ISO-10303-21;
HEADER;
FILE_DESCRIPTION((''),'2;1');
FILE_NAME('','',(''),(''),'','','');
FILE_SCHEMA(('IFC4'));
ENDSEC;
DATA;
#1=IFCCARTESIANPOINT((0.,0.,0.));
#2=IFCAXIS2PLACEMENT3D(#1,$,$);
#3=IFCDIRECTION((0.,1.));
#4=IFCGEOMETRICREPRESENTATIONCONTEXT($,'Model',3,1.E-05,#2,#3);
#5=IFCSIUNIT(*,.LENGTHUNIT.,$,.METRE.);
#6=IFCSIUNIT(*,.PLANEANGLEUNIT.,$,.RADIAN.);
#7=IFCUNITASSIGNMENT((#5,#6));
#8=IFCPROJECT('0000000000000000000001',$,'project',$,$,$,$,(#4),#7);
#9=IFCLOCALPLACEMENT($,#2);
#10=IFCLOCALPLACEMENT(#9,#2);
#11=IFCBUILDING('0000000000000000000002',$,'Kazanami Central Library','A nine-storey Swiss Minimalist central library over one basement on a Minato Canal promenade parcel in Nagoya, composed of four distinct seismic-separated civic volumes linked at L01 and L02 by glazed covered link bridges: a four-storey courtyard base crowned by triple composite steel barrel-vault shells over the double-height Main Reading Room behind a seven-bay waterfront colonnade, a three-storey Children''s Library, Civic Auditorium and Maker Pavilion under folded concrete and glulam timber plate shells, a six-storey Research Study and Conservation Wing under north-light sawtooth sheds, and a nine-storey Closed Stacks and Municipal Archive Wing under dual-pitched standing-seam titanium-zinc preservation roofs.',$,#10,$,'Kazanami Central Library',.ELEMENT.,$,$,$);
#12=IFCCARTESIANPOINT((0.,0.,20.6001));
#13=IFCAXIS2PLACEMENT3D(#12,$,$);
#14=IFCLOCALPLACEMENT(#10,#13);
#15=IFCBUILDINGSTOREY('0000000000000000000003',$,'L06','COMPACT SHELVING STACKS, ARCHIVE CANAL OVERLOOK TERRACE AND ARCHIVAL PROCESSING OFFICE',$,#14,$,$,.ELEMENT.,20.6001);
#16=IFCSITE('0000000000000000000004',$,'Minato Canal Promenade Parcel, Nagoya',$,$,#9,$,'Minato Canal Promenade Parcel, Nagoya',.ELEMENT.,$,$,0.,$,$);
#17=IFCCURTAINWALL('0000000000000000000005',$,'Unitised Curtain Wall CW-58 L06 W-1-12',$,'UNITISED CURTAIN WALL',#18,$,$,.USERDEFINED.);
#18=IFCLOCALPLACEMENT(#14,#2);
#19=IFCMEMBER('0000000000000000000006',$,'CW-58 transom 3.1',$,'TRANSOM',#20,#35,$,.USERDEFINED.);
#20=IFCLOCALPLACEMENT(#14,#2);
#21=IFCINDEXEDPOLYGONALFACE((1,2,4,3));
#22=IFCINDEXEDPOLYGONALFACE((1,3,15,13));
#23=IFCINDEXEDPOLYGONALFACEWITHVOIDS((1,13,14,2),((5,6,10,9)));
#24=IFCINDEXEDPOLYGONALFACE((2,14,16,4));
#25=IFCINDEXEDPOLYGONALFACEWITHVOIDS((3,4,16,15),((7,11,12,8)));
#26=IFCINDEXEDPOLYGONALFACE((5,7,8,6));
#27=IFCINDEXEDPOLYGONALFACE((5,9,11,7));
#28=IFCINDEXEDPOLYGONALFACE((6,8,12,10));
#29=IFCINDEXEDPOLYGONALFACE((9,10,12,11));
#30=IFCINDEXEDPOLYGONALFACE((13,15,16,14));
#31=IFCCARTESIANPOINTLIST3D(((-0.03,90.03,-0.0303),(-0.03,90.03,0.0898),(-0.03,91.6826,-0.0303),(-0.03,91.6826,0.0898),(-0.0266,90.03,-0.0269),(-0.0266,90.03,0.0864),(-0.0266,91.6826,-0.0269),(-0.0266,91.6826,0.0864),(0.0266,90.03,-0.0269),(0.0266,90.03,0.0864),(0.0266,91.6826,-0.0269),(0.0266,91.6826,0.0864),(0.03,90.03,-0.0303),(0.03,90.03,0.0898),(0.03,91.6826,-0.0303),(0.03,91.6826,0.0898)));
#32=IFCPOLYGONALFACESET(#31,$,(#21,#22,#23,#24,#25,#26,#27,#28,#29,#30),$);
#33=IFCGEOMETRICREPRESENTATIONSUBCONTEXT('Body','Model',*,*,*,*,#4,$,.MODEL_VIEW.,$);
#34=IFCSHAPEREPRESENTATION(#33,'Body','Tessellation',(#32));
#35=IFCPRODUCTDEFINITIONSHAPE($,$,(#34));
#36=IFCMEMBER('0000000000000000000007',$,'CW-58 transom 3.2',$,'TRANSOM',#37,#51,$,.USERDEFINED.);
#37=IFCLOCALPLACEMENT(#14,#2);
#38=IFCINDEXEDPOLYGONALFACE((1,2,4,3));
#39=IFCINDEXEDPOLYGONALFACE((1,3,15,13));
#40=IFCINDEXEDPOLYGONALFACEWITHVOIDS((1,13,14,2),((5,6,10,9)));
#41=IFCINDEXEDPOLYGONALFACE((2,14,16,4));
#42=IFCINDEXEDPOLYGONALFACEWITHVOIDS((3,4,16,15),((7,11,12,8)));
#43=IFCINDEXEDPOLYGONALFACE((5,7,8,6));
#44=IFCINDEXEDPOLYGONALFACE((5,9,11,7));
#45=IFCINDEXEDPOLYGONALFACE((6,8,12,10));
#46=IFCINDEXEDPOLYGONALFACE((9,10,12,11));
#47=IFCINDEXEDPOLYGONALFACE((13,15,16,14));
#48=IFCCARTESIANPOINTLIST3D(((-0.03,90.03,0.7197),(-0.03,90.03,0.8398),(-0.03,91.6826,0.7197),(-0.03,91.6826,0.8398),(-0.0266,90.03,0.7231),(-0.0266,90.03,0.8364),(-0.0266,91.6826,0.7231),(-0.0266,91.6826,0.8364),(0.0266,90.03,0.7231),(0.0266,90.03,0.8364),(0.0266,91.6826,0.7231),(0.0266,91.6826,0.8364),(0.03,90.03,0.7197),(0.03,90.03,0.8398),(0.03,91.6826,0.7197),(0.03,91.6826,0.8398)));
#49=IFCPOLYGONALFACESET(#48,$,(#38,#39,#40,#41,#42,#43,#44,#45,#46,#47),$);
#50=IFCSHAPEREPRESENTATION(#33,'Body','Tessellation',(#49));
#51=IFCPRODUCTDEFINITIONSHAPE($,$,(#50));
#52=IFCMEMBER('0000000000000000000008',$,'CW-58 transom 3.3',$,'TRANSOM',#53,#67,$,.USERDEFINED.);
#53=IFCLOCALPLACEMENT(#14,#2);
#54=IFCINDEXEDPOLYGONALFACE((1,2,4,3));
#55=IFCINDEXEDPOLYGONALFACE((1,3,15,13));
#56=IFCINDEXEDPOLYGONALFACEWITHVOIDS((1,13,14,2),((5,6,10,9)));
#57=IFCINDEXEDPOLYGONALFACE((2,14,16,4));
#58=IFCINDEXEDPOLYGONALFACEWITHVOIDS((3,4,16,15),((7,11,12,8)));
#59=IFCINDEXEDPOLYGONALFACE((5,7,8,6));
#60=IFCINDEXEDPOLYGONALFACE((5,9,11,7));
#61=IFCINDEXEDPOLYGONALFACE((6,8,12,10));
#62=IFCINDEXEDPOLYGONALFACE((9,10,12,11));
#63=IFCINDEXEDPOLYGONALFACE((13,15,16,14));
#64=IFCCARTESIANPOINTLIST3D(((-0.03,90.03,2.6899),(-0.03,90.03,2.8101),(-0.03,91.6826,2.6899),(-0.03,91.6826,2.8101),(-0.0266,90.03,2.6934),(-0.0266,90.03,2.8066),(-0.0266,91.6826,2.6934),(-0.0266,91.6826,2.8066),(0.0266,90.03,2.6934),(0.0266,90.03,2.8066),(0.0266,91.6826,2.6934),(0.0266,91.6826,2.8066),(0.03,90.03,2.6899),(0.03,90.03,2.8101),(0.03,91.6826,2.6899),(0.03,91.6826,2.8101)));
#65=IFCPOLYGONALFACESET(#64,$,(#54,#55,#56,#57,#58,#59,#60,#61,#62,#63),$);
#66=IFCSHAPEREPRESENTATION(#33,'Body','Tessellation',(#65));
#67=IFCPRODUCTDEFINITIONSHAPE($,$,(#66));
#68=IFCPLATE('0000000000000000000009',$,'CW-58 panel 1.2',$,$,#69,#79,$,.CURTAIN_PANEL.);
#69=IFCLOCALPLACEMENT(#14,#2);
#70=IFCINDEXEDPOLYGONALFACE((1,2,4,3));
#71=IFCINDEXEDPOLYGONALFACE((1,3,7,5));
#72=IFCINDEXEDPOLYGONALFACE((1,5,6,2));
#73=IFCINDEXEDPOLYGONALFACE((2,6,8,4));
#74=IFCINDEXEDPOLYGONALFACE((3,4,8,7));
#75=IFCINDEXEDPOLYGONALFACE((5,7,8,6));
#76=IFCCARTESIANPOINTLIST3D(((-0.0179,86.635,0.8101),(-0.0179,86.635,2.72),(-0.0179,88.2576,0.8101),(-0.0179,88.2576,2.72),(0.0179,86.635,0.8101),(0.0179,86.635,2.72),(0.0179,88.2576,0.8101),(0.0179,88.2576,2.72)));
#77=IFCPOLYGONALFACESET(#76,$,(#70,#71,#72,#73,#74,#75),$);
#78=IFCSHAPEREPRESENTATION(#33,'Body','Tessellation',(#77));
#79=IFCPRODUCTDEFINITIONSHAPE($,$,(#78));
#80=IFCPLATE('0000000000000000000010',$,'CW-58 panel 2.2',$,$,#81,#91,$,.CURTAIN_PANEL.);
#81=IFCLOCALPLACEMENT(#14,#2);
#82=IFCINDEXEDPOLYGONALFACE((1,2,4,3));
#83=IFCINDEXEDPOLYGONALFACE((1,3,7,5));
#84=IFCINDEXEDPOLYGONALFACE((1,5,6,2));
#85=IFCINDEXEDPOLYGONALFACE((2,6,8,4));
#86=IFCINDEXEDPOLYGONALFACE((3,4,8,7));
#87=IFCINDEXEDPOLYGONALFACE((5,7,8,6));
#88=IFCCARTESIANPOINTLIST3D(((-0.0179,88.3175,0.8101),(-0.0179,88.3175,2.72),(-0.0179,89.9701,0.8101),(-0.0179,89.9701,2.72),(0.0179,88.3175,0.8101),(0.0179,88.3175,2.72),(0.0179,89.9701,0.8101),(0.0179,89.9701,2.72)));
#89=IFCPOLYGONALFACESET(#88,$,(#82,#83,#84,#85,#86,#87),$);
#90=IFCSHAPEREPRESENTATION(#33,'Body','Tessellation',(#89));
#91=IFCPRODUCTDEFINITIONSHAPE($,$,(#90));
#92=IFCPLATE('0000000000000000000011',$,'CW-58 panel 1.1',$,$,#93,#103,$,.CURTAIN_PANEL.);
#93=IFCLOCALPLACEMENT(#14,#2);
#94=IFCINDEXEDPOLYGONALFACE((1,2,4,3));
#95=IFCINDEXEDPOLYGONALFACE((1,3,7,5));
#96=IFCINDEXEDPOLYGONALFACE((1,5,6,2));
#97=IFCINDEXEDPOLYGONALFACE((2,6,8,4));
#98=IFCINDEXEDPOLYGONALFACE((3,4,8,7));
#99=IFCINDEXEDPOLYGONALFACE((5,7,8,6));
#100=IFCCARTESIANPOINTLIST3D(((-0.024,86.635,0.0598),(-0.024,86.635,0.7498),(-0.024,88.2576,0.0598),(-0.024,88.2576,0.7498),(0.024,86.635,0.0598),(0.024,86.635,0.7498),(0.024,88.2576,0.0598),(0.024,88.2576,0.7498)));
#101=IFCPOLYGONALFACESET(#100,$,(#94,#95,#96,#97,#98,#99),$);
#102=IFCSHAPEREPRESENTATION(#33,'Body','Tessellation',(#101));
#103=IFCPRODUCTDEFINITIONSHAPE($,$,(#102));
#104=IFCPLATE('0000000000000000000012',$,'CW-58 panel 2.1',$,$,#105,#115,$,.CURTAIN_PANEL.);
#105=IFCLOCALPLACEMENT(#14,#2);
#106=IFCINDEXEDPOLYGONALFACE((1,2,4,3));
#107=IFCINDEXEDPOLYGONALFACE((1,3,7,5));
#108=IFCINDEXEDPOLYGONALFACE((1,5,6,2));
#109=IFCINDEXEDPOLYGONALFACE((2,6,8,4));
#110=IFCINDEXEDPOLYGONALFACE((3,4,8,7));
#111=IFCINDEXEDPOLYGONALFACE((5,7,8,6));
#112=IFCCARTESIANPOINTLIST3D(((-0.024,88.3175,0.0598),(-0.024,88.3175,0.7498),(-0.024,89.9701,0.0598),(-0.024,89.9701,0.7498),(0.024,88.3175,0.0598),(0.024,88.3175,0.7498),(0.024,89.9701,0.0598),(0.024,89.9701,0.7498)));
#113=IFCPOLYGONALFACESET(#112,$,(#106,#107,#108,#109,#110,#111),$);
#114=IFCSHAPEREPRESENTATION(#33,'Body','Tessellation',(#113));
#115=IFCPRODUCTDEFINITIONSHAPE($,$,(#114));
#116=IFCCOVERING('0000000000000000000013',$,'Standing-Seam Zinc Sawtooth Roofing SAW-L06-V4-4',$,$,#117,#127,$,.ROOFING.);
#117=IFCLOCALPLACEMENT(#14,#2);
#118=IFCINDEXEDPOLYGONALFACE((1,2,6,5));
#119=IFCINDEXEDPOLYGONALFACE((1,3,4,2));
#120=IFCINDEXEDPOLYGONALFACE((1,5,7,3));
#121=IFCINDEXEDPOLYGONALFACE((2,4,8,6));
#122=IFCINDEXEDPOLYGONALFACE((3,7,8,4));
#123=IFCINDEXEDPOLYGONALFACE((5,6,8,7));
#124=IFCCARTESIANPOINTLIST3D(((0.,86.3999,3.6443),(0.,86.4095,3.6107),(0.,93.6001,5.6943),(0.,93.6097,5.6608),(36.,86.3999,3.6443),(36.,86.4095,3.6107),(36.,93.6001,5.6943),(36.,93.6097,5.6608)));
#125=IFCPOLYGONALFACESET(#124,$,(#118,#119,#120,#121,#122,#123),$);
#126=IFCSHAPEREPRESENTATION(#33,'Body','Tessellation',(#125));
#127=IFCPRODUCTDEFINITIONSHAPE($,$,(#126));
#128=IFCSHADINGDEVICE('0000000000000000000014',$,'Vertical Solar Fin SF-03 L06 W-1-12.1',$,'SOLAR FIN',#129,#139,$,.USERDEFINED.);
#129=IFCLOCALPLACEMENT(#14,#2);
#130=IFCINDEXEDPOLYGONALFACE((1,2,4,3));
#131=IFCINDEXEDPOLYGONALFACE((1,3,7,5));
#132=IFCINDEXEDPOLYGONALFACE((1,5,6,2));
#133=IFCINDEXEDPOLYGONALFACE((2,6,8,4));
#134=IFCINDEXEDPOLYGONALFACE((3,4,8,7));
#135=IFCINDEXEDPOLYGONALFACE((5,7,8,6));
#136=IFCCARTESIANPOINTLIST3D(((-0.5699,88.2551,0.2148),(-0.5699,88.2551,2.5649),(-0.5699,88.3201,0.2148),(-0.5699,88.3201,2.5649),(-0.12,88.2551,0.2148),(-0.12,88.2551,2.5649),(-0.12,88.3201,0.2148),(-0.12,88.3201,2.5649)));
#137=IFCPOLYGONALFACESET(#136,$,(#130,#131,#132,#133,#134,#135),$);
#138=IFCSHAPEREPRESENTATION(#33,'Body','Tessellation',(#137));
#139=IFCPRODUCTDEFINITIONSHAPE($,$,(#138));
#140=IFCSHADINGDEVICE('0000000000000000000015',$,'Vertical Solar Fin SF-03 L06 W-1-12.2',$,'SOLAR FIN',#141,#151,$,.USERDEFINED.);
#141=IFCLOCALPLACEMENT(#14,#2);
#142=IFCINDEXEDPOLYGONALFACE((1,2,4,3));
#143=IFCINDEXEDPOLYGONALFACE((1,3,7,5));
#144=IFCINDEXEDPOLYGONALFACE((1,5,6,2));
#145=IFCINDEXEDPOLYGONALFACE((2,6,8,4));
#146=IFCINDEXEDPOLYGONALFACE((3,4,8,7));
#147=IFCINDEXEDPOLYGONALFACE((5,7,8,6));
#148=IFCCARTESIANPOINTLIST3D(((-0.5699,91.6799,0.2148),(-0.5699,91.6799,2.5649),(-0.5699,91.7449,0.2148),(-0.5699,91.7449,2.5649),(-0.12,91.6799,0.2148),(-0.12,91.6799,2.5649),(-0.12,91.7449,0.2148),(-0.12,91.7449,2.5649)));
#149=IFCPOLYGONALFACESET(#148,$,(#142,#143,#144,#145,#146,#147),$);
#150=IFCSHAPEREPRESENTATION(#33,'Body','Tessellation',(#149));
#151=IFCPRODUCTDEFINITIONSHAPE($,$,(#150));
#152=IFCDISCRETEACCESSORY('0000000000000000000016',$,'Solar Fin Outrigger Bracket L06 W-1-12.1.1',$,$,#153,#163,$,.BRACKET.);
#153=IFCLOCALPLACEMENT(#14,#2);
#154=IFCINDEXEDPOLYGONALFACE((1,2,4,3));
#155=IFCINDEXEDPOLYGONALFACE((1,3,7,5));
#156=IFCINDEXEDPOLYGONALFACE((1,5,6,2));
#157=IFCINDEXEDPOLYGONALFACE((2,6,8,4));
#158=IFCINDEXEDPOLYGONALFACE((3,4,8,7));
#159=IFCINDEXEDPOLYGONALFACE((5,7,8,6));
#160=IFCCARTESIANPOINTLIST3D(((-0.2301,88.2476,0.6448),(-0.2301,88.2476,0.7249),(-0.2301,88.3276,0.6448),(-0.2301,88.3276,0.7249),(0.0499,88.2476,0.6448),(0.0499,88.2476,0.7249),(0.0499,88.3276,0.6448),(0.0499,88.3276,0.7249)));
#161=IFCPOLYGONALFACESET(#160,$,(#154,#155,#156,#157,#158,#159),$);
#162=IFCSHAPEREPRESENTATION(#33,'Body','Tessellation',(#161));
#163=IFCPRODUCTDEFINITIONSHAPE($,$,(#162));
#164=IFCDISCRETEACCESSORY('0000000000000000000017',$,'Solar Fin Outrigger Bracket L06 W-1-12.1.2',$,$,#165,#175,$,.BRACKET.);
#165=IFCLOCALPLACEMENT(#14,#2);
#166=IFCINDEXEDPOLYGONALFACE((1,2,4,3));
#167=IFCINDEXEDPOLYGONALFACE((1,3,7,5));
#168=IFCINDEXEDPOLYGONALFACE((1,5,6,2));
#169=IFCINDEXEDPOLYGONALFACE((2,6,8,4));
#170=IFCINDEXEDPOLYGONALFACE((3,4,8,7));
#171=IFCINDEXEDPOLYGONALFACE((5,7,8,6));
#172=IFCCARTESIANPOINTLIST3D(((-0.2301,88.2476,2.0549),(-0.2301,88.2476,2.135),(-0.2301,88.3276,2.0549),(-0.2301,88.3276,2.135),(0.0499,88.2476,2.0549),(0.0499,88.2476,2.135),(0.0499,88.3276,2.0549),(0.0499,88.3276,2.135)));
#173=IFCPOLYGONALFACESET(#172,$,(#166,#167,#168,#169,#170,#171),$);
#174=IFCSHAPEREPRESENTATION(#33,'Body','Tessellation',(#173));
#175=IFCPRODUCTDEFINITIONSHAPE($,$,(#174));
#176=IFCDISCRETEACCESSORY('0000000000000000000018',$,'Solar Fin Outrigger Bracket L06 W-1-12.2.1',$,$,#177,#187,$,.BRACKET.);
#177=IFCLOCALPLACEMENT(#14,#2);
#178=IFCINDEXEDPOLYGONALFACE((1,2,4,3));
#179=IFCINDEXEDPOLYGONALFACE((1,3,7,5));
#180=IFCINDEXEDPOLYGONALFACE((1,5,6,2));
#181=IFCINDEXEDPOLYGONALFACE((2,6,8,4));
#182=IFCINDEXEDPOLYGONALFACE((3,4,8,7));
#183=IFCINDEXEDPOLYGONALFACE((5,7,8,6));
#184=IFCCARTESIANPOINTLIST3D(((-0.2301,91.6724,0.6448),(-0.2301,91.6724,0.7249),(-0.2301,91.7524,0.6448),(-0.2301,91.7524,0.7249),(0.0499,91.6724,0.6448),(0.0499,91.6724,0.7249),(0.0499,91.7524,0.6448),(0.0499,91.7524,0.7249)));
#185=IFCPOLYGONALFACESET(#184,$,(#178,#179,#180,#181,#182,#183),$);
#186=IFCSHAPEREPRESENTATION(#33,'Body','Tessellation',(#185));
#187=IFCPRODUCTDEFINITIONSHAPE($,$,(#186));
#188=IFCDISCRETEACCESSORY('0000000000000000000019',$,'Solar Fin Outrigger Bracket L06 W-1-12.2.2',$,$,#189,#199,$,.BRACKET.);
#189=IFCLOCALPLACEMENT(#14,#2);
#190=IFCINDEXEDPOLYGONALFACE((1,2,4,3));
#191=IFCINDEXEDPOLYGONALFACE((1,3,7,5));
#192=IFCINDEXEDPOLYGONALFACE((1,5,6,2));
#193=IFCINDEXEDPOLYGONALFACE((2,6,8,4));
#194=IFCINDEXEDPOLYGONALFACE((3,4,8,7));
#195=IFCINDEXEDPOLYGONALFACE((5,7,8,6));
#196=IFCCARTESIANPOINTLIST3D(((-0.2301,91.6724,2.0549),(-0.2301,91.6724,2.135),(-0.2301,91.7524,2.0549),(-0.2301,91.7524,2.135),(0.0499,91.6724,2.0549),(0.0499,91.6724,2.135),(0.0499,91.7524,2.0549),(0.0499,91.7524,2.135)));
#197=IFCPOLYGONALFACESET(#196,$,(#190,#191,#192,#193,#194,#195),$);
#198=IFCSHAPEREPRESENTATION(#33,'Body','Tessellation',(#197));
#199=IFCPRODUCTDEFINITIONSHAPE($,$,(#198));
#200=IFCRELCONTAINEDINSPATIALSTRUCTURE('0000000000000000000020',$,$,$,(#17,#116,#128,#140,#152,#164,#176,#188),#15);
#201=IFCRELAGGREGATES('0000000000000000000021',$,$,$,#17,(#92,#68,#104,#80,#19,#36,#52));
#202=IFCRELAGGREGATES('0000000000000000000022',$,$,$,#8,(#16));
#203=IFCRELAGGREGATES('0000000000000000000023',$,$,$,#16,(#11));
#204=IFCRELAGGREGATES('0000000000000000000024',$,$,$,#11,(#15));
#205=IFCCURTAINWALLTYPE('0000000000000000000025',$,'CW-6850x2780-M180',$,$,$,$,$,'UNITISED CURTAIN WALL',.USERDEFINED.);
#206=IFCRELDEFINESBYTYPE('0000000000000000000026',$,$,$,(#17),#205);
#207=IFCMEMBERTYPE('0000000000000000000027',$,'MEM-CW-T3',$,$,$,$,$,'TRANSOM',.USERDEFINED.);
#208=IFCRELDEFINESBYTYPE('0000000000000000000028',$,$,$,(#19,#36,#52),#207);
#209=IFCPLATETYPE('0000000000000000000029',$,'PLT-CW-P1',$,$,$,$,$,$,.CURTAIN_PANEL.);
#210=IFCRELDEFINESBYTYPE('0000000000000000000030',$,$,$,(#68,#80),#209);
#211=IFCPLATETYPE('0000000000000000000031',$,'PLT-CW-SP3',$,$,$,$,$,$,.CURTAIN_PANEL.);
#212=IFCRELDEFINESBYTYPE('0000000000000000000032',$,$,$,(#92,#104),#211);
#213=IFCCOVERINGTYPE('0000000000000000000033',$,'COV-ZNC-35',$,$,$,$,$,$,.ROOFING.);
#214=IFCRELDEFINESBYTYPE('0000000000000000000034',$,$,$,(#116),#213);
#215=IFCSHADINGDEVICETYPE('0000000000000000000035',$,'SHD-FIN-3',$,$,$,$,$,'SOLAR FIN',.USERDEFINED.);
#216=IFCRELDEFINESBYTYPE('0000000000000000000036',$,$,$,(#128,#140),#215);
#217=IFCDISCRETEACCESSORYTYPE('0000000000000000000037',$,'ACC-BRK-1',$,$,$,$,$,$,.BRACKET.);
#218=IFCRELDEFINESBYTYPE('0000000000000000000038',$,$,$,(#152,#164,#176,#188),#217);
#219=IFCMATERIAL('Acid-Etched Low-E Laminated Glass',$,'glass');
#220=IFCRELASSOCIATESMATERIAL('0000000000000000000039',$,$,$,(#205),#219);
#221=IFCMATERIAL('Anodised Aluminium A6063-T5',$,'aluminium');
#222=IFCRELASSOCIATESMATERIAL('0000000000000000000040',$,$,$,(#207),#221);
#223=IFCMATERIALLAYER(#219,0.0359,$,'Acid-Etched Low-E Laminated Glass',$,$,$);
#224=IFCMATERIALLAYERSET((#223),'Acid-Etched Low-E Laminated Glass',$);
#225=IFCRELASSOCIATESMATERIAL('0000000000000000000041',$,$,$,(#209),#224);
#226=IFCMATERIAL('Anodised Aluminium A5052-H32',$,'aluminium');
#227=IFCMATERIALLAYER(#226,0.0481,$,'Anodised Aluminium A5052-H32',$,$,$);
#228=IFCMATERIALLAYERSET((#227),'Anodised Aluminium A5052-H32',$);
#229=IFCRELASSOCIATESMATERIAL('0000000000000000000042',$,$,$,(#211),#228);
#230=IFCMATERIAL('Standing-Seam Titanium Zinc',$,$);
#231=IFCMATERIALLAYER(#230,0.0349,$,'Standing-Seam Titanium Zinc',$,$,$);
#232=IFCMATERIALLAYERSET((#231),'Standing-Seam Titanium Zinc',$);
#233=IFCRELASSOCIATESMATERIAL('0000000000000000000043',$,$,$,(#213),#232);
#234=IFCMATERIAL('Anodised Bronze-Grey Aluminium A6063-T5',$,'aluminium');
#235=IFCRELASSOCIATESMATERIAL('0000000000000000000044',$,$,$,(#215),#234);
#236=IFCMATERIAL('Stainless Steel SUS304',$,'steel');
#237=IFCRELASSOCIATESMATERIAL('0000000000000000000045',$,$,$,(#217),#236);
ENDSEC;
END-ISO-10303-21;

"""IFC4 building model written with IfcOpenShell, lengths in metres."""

from ifc_helpers import new_model, si_unit, direction, frame, origin, origin_2d, place, context, subcontext, project, spatial, polyline, rectangle, hollow_rectangle, outline, extrude, material, layer, layer_set, material_profile, profile_set, type_object, element, aggregate, save


model = new_model("IFC4")

# Units and contexts
model_context = context("Model", 3, precision=1e-05, world=origin(), true_north=direction((0.0, 1.0)))
body_context = subcontext(model_context, "Body", "Model", "MODEL_VIEW")
ifc_project = project(units=[si_unit("LENGTHUNIT", "METRE"), si_unit("PLANEANGLEUNIT", "RADIAN")], contexts=[model_context])

# Site, building, storey
site_placement = place(None, origin())
site = spatial("IfcSite", under=ifc_project, at=site_placement, Name="Minato Canal Promenade Parcel, Nagoya", LongName="Minato Canal Promenade Parcel, Nagoya", CompositionType="ELEMENT", RefElevation=0.0)
building_placement = place(site_placement, origin())
building = spatial("IfcBuilding", under=site, at=building_placement, Name="Kazanami Central Library", Description="A nine-storey Swiss Minimalist central library over one basement on a Minato Canal promenade parcel in Nagoya, composed of four distinct seismic-separated civic volumes linked at L01 and L02 by glazed covered link bridges: a four-storey courtyard base crowned by triple composite steel barrel-vault shells over the double-height Main Reading Room behind a seven-bay waterfront colonnade, a three-storey Children's Library, Civic Auditorium and Maker Pavilion under folded concrete and glulam timber plate shells, a six-storey Research Study and Conservation Wing under north-light sawtooth sheds, and a nine-storey Closed Stacks and Municipal Archive Wing under dual-pitched standing-seam titanium-zinc preservation roofs.", LongName="Kazanami Central Library", CompositionType="ELEMENT")
storey_placement = place(building_placement, frame((0.0, 0.0, 20.6001)))
storey = spatial("IfcBuildingStorey", under=building, at=storey_placement, Name="L06", Description="COMPACT SHELVING STACKS, ARCHIVE CANAL OVERLOOK TERRACE AND ARCHIVAL PROCESSING OFFICE", CompositionType="ELEMENT", Elevation=20.6001)

# Curtain wall, members, plates
ifc_material_1 = material(Name="Acid-Etched Low-E Laminated Glass", Category="glass")
curtain_wall_type = type_object("IfcCurtainWallType", Name="CW-6850x2780-M180", ElementType="UNITISED CURTAIN WALL", PredefinedType="USERDEFINED", material=ifc_material_1)
curtain_wall_placement = place(storey_placement, origin())
curtain_wall = element("IfcCurtainWall", 1, at=curtain_wall_placement, inside=storey, type_object=curtain_wall_type, Name="Unitised Curtain Wall CW-58 L06 W-1-12", ObjectType="UNITISED CURTAIN WALL", PredefinedType="USERDEFINED")
ifc_material_2 = material(Name="Anodised Aluminium A6063-T5", Category="aluminium")
ifc_material_profile_1 = material_profile(ifc_material_2, hollow_rectangle(XDim=0.0601, YDim=0.1201, WallThickness=0.0034, at=origin_2d()), Name="ALU-TRAN-60x120x3.5")
ifc_profile_set_1 = profile_set([ifc_material_profile_1], Name="Anodised Aluminium A6063-T5")
member_type_1 = type_object("IfcMemberType", Name="MEM-CW-T3", ElementType="TRANSOM", PredefinedType="USERDEFINED", material=ifc_profile_set_1)
member_1_placement = place(storey_placement, frame((0.0, 90.03, 0.0298), z_axis=(0.0, 1.0, 0.0), x_axis=(-1.0, 0.0, 0.0)))
member_1 = element("IfcMember", 2, at=member_1_placement, type_object=member_type_1, Name="CW-58 transom 3.1", ObjectType="TRANSOM", PredefinedType="USERDEFINED", context=body_context, shape_type="SweptSolid", body=[
    extrude(hollow_rectangle(XDim=0.0601, YDim=0.1201, WallThickness=0.0034, at=origin_2d()), origin(), (0.0, 0.0, 1.0), 1.6526),
])
member_2_placement = place(storey_placement, frame((0.0, 90.03, 0.7798), z_axis=(0.0, 1.0, 0.0), x_axis=(-1.0, 0.0, 0.0)))
member_2 = element("IfcMember", 3, at=member_2_placement, type_object=member_type_1, Name="CW-58 transom 3.2", ObjectType="TRANSOM", PredefinedType="USERDEFINED", context=body_context, shape_type="SweptSolid", body=[
    extrude(hollow_rectangle(XDim=0.0601, YDim=0.1201, WallThickness=0.0034, at=origin_2d()), origin(), (0.0, 0.0, 1.0), 1.6526),
])
member_3_placement = place(storey_placement, frame((0.0, 90.03, 2.75), z_axis=(0.0, 1.0, 0.0), x_axis=(-1.0, 0.0, 0.0)))
member_3 = element("IfcMember", 4, at=member_3_placement, type_object=member_type_1, Name="CW-58 transom 3.3", ObjectType="TRANSOM", PredefinedType="USERDEFINED", context=body_context, shape_type="SweptSolid", body=[
    extrude(hollow_rectangle(XDim=0.0601, YDim=0.1201, WallThickness=0.0034, at=origin_2d()), origin(), (0.0, 0.0, 1.0), 1.6526),
])
ifc_layer_1 = layer(ifc_material_1, 0.0359, Name="Acid-Etched Low-E Laminated Glass")
ifc_layer_set_1 = layer_set([ifc_layer_1], Name="Acid-Etched Low-E Laminated Glass")
plate_type_1 = type_object("IfcPlateType", Name="PLT-CW-P1", PredefinedType="CURTAIN_PANEL", material=ifc_layer_set_1)
plate_1_placement = place(storey_placement, frame((0.0, 87.4463, 0.8101), z_axis=(0.0, 0.0, 1.0), x_axis=(0.0, 1.0, 0.0)))
plate_1 = element("IfcPlate", 5, at=plate_1_placement, type_object=plate_type_1, Name="CW-58 panel 1.2", PredefinedType="CURTAIN_PANEL", context=body_context, shape_type="SweptSolid", body=[
    extrude(rectangle(XDim=1.6226, YDim=0.0359, at=origin_2d()), origin(), (0.0, 0.0, 1.0), 1.9099),
])
plate_2_placement = place(storey_placement, frame((0.0, 89.1438, 0.8101), z_axis=(0.0, 0.0, 1.0), x_axis=(0.0, 1.0, 0.0)))
plate_2 = element("IfcPlate", 6, at=plate_2_placement, type_object=plate_type_1, Name="CW-58 panel 2.2", PredefinedType="CURTAIN_PANEL", context=body_context, shape_type="SweptSolid", body=[
    extrude(rectangle(XDim=1.6526, YDim=0.0359, at=origin_2d()), origin(), (0.0, 0.0, 1.0), 1.9099),
])
ifc_material_3 = material(Name="Anodised Aluminium A5052-H32", Category="aluminium")
ifc_layer_2 = layer(ifc_material_3, 0.0481, Name="Anodised Aluminium A5052-H32")
ifc_layer_set_2 = layer_set([ifc_layer_2], Name="Anodised Aluminium A5052-H32")
plate_type_2 = type_object("IfcPlateType", Name="PLT-CW-SP3", PredefinedType="CURTAIN_PANEL", material=ifc_layer_set_2)
plate_3_placement = place(storey_placement, frame((0.0, 87.4463, 0.0598), z_axis=(0.0, 0.0, 1.0), x_axis=(0.0, 1.0, 0.0)))
plate_3 = element("IfcPlate", 7, at=plate_3_placement, type_object=plate_type_2, Name="CW-58 panel 1.1", PredefinedType="CURTAIN_PANEL", context=body_context, shape_type="SweptSolid", body=[
    extrude(rectangle(XDim=1.6226, YDim=0.0481, at=origin_2d()), origin(), (0.0, 0.0, 1.0), 0.6899),
])
plate_4_placement = place(storey_placement, frame((0.0, 89.1438, 0.0598), z_axis=(0.0, 0.0, 1.0), x_axis=(0.0, 1.0, 0.0)))
plate_4 = element("IfcPlate", 8, at=plate_4_placement, type_object=plate_type_2, Name="CW-58 panel 2.1", PredefinedType="CURTAIN_PANEL", context=body_context, shape_type="SweptSolid", body=[
    extrude(rectangle(XDim=1.6526, YDim=0.0481, at=origin_2d()), origin(), (0.0, 0.0, 1.0), 0.6899),
])
aggregate(curtain_wall, [plate_3, plate_1, plate_4, plate_2, member_1, member_2, member_3])

# Covering
ifc_material_4 = material(Name="Standing-Seam Titanium Zinc")
ifc_layer_3 = layer(ifc_material_4, 0.0349, Name="Standing-Seam Titanium Zinc")
ifc_layer_set_3 = layer_set([ifc_layer_3], Name="Standing-Seam Titanium Zinc")
covering_type = type_object("IfcCoveringType", Name="COV-ZNC-35", PredefinedType="ROOFING", material=ifc_layer_set_3)
covering_placement = place(storey_placement, frame((0.0, 86.3999, 3.6443), z_axis=(0.0, -0.273838, 0.961776), x_axis=(1.0, 0.0, 0.0)))
element("IfcCovering", 9, at=covering_placement, inside=storey, type_object=covering_type, Name="Standing-Seam Zinc Sawtooth Roofing SAW-L06-V4-4", PredefinedType="ROOFING", context=body_context, shape_type="SweptSolid", body=[
    extrude(outline(polyline([(0.0, 0.0), (36.0, 0.0), (36.0, 7.4864), (0.0, 7.4864), (0.0, 0.0)])), origin(), (0.0, 0.0, -1.0), 0.0349),
])

# Shading devices
ifc_material_5 = material(Name="Anodised Bronze-Grey Aluminium A6063-T5", Category="aluminium")
shading_device_type = type_object("IfcShadingDeviceType", Name="SHD-FIN-3", ElementType="SOLAR FIN", PredefinedType="USERDEFINED", material=ifc_material_5)
for number, where, z_axis, x_axis, name in (
    (10, (-0.345, 88.2876, 0.2148), (0.0, 0.0, 1.0), (0.0, 1.0, 0.0), "Vertical Solar Fin SF-03 L06 W-1-12.1"),
    (11, (-0.345, 91.7124, 0.2148), (0.0, 0.0, 1.0), (0.0, 1.0, 0.0), "Vertical Solar Fin SF-03 L06 W-1-12.2"),
):
    element("IfcShadingDevice", number, at=place(storey_placement, frame(where, z_axis=z_axis, x_axis=x_axis)), inside=storey, type_object=shading_device_type, Name=name, ObjectType="SOLAR FIN", PredefinedType="USERDEFINED", context=body_context, shape_type="SweptSolid", body=[
        extrude(rectangle(XDim=0.0649, YDim=0.45, at=origin_2d()), origin(), (0.0, 0.0, 1.0), 2.3501),
    ])

# Discrete accessories
ifc_material_6 = material(Name="Stainless Steel SUS304", Category="steel")
discrete_accessory_type = type_object("IfcDiscreteAccessoryType", Name="ACC-BRK-1", PredefinedType="BRACKET", material=ifc_material_6)
for number, where, z_axis, x_axis, name in (
    (12, (-0.0901, 88.2876, 0.6448), (0.0, 0.0, 1.0), (0.0, 1.0, 0.0), "Solar Fin Outrigger Bracket L06 W-1-12.1.1"),
    (13, (-0.0901, 88.2876, 2.0549), (0.0, 0.0, 1.0), (0.0, 1.0, 0.0), "Solar Fin Outrigger Bracket L06 W-1-12.1.2"),
    (14, (-0.0901, 91.7124, 0.6448), (0.0, 0.0, 1.0), (0.0, 1.0, 0.0), "Solar Fin Outrigger Bracket L06 W-1-12.2.1"),
    (15, (-0.0901, 91.7124, 2.0549), (0.0, 0.0, 1.0), (0.0, 1.0, 0.0), "Solar Fin Outrigger Bracket L06 W-1-12.2.2"),
):
    element("IfcDiscreteAccessory", number, at=place(storey_placement, frame(where, z_axis=z_axis, x_axis=x_axis)), inside=storey, type_object=discrete_accessory_type, Name=name, PredefinedType="BRACKET", context=body_context, shape_type="SweptSolid", body=[
        extrude(rectangle(XDim=0.0801, YDim=0.28, at=origin_2d()), origin(), (0.0, 0.0, 1.0), 0.0801),
    ])

save(model, "model.ifc")
